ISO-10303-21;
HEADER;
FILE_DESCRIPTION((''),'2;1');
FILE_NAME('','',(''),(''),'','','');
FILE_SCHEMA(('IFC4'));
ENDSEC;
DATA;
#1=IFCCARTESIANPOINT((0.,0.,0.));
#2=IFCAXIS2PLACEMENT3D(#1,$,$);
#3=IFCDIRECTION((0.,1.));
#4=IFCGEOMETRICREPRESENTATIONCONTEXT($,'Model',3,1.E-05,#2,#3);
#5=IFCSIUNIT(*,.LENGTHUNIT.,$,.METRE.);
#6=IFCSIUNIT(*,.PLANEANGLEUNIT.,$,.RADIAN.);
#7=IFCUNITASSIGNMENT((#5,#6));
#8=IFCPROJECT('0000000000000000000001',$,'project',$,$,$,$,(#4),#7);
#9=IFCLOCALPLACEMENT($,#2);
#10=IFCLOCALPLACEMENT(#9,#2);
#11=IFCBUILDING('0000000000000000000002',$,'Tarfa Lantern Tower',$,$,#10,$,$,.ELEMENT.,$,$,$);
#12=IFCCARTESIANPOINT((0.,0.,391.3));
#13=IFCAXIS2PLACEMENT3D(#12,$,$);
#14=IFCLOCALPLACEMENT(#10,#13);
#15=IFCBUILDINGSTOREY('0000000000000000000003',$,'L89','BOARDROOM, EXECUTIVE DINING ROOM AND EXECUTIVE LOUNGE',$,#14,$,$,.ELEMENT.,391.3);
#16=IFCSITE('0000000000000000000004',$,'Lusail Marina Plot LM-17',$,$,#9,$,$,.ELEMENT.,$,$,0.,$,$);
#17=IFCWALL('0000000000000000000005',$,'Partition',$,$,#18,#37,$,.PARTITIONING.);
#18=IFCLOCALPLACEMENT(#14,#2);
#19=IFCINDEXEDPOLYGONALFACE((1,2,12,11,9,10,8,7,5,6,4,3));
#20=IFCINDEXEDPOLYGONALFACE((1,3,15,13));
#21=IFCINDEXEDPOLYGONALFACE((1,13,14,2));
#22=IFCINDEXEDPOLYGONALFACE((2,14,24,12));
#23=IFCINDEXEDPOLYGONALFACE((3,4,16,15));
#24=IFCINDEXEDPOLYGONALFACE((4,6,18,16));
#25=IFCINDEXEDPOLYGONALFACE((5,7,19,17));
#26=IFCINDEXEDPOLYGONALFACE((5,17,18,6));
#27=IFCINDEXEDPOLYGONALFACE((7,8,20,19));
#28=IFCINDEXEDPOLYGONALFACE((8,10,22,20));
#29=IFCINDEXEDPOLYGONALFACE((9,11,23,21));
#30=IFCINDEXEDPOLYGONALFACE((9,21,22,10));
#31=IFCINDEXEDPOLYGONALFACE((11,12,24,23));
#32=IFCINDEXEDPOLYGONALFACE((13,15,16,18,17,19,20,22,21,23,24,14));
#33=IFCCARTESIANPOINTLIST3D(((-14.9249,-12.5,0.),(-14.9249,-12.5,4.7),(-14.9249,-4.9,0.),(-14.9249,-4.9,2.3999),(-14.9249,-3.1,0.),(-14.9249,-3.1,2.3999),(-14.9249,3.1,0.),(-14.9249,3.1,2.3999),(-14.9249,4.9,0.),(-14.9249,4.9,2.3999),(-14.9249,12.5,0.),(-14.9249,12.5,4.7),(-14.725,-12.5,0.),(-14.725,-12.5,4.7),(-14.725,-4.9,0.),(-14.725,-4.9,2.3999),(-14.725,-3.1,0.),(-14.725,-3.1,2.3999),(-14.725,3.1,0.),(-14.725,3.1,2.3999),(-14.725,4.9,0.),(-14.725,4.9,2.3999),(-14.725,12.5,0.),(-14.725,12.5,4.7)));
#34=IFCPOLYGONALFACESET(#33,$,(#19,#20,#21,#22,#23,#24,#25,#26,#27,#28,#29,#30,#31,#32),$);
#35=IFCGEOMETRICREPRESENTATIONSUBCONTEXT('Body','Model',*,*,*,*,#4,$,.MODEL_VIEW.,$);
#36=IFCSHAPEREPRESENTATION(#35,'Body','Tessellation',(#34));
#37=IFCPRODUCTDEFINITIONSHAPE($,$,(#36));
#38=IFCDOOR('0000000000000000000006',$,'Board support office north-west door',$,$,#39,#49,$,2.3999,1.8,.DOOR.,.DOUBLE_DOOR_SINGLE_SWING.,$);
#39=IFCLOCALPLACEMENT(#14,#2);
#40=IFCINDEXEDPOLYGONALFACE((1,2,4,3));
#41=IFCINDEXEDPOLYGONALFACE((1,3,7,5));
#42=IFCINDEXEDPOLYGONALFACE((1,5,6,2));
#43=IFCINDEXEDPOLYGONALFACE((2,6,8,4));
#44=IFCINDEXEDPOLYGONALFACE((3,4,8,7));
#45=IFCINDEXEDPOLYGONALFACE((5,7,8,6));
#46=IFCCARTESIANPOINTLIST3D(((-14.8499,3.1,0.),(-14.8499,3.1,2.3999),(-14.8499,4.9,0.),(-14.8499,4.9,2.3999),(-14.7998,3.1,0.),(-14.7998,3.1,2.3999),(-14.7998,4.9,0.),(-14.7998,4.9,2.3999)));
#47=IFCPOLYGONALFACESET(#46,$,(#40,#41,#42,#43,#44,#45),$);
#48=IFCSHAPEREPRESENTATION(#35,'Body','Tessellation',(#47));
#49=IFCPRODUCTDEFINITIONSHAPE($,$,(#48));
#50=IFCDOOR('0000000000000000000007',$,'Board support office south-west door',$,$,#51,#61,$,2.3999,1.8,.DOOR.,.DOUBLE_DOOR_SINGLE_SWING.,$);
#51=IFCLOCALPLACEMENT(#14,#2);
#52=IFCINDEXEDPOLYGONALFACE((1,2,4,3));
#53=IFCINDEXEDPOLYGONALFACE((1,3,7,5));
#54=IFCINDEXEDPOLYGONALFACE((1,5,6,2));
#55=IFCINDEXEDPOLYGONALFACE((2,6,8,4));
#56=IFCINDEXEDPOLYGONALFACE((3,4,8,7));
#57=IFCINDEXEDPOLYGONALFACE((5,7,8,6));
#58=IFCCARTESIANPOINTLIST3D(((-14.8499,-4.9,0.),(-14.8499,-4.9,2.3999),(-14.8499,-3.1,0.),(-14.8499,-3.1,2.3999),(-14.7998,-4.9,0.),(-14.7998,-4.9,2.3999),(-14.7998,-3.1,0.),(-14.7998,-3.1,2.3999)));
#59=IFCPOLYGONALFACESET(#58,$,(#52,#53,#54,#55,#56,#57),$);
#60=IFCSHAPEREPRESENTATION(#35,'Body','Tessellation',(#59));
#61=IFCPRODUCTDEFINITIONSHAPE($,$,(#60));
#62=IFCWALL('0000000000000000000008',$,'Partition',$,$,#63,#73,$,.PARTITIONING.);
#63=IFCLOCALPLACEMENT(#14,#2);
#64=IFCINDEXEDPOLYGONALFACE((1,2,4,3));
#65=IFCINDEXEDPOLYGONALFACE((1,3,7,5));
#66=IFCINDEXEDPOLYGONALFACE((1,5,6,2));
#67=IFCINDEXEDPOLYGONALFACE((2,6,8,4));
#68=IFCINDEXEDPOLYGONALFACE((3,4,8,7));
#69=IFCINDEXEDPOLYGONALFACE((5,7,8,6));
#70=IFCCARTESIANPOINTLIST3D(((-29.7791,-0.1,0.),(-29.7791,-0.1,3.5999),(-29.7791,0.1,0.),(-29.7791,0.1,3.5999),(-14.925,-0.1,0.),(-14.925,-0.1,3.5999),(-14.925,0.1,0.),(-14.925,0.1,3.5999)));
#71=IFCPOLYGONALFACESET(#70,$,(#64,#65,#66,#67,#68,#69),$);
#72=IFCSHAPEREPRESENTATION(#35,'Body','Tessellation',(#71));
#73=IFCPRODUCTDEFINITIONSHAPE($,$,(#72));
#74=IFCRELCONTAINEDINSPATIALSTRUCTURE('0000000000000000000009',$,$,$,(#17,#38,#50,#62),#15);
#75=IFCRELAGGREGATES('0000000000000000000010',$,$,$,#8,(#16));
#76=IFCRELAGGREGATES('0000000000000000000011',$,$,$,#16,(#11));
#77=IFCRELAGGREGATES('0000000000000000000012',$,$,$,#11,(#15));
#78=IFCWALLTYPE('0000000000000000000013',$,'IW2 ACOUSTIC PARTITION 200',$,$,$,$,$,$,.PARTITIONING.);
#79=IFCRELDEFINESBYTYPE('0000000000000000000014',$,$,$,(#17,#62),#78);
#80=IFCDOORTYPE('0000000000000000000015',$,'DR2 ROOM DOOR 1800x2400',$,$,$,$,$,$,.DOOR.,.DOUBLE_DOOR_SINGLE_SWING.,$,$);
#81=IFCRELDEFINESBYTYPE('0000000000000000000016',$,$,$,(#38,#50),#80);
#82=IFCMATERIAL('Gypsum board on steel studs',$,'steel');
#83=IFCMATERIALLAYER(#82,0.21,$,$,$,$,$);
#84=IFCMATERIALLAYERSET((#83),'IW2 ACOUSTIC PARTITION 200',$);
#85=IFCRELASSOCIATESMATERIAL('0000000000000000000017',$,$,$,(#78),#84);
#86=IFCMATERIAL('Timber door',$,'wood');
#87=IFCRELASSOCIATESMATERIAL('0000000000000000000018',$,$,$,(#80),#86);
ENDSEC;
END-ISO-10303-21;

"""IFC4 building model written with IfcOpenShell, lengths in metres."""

from ifc_helpers import new_model, si_unit, direction, frame, frame_2d, origin, place, context, subcontext, project, spatial, rectangle, extrude, material, layer, layer_set, type_object, element, fill, save


model = new_model("IFC4")

# Units and contexts
model_context = context("Model", 3, precision=1e-05, world=origin(), true_north=direction((0.0, 1.0)))
body_context = subcontext(model_context, "Body", "Model", "MODEL_VIEW")
ifc_project = project(units=[si_unit("LENGTHUNIT", "METRE"), si_unit("PLANEANGLEUNIT", "RADIAN")], contexts=[model_context])

# Site, building, storey
site_placement = place(None, origin())
site = spatial("IfcSite", under=ifc_project, at=site_placement, Name="Lusail Marina Plot LM-17", CompositionType="ELEMENT", RefElevation=0.0)
building_placement = place(site_placement, origin())
building = spatial("IfcBuilding", under=site, at=building_placement, Name="Tarfa Lantern Tower", CompositionType="ELEMENT")
storey_placement = place(building_placement, frame((0.0, 0.0, 391.3)))
storey = spatial("IfcBuildingStorey", under=building, at=storey_placement, Name="L89", Description="BOARDROOM, EXECUTIVE DINING ROOM AND EXECUTIVE LOUNGE", CompositionType="ELEMENT", Elevation=391.3)

# Wall, openings, doors
ifc_material_1 = material(Name="Gypsum board on steel studs", Category="steel")
ifc_layer_1 = layer(ifc_material_1, 0.21)
ifc_layer_set_1 = layer_set([ifc_layer_1], Name="IW2 ACOUSTIC PARTITION 200")
wall_type_1 = type_object("IfcWallType", Name="IW2 ACOUSTIC PARTITION 200", PredefinedType="PARTITIONING", material=ifc_layer_set_1)
wall_1_placement = place(storey_placement, frame((-14.825, -12.5, 0.0), z_axis=(0.0, 0.0, 1.0), x_axis=(0.0, 1.0, 0.0)))
wall_1 = element("IfcWall", 1, at=wall_1_placement, inside=storey, type_object=wall_type_1, Name="Partition", PredefinedType="PARTITIONING", context=body_context, shape_type="SweptSolid", body=[
    extrude(rectangle(XDim=25.0, YDim=0.2, at=frame_2d((12.5, 0.0))), origin(), (0.0, 0.0, 1.0), 4.7),
])
opening_1_placement = place(wall_1_placement, frame((15.6001, 0.0, 0.0)))
opening_1 = element("IfcOpeningElement", 2, at=opening_1_placement, cuts=wall_1, PredefinedType="OPENING", context=body_context, shape_type="SweptSolid", body=[
    extrude(rectangle(XDim=1.8, YDim=2.3999, at=frame_2d((0.8999, 1.2))), frame((0.0, 0.1099, 0.0), z_axis=(0.0, -1.0, 0.0), x_axis=(1.0, 0.0, 0.0)), (0.0, 0.0, 1.0), 0.22),
])
opening_2_placement = place(wall_1_placement, frame((7.6001, 0.0, 0.0)))
opening_2 = element("IfcOpeningElement", 3, at=opening_2_placement, cuts=wall_1, PredefinedType="OPENING", context=body_context, shape_type="SweptSolid", body=[
    extrude(rectangle(XDim=1.8, YDim=2.3999, at=frame_2d((0.8999, 1.2))), frame((0.0, 0.1099, 0.0), z_axis=(0.0, -1.0, 0.0), x_axis=(1.0, 0.0, 0.0)), (0.0, 0.0, 1.0), 0.22),
])
ifc_material_2 = material(Name="Timber door", Category="wood")
door_type_1 = type_object("IfcDoorType", Name="DR2 ROOM DOOR 1800x2400", OperationType="DOUBLE_DOOR_SINGLE_SWING", PredefinedType="DOOR", material=ifc_material_2)
door_1_placement = place(opening_1_placement, origin())
door_1 = element("IfcDoor", 4, at=door_1_placement, inside=storey, type_object=door_type_1, Name="Board support office north-west door", OperationType="DOUBLE_DOOR_SINGLE_SWING", OverallHeight=2.3999, OverallWidth=1.8, PredefinedType="DOOR", context=body_context, shape_type="SweptSolid", body=[
    extrude(rectangle(XDim=1.8, YDim=2.3999, at=frame_2d((0.8999, 1.2))), frame((0.0, 0.0249, 0.0), z_axis=(0.0, -1.0, 0.0), x_axis=(1.0, 0.0, 0.0)), (0.0, 0.0, 1.0), 0.05),
])
fill(opening_1, door_1)
door_2_placement = place(opening_2_placement, origin())
door_2 = element("IfcDoor", 5, at=door_2_placement, inside=storey, type_object=door_type_1, Name="Board support office south-west door", OperationType="DOUBLE_DOOR_SINGLE_SWING", OverallHeight=2.3999, OverallWidth=1.8, PredefinedType="DOOR", context=body_context, shape_type="SweptSolid", body=[
    extrude(rectangle(XDim=1.8, YDim=2.3999, at=frame_2d((0.8999, 1.2))), frame((0.0, 0.0249, 0.0), z_axis=(0.0, -1.0, 0.0), x_axis=(1.0, 0.0, 0.0)), (0.0, 0.0, 1.0), 0.05),
])
fill(opening_2, door_2)

# Wall
wall_2_placement = place(storey_placement, frame((-14.925, 0.0, 0.0), z_axis=(0.0, 0.0, 1.0), x_axis=(-1.0, 0.0, 0.0)))
element("IfcWall", 6, at=wall_2_placement, inside=storey, type_object=wall_type_1, Name="Partition", PredefinedType="PARTITIONING", context=body_context, shape_type="SweptSolid", body=[
    extrude(rectangle(XDim=14.854, YDim=0.2, at=frame_2d((7.427, 0.0))), origin(), (0.0, 0.0, 1.0), 3.5999),
])

save(model, "model.ifc")
